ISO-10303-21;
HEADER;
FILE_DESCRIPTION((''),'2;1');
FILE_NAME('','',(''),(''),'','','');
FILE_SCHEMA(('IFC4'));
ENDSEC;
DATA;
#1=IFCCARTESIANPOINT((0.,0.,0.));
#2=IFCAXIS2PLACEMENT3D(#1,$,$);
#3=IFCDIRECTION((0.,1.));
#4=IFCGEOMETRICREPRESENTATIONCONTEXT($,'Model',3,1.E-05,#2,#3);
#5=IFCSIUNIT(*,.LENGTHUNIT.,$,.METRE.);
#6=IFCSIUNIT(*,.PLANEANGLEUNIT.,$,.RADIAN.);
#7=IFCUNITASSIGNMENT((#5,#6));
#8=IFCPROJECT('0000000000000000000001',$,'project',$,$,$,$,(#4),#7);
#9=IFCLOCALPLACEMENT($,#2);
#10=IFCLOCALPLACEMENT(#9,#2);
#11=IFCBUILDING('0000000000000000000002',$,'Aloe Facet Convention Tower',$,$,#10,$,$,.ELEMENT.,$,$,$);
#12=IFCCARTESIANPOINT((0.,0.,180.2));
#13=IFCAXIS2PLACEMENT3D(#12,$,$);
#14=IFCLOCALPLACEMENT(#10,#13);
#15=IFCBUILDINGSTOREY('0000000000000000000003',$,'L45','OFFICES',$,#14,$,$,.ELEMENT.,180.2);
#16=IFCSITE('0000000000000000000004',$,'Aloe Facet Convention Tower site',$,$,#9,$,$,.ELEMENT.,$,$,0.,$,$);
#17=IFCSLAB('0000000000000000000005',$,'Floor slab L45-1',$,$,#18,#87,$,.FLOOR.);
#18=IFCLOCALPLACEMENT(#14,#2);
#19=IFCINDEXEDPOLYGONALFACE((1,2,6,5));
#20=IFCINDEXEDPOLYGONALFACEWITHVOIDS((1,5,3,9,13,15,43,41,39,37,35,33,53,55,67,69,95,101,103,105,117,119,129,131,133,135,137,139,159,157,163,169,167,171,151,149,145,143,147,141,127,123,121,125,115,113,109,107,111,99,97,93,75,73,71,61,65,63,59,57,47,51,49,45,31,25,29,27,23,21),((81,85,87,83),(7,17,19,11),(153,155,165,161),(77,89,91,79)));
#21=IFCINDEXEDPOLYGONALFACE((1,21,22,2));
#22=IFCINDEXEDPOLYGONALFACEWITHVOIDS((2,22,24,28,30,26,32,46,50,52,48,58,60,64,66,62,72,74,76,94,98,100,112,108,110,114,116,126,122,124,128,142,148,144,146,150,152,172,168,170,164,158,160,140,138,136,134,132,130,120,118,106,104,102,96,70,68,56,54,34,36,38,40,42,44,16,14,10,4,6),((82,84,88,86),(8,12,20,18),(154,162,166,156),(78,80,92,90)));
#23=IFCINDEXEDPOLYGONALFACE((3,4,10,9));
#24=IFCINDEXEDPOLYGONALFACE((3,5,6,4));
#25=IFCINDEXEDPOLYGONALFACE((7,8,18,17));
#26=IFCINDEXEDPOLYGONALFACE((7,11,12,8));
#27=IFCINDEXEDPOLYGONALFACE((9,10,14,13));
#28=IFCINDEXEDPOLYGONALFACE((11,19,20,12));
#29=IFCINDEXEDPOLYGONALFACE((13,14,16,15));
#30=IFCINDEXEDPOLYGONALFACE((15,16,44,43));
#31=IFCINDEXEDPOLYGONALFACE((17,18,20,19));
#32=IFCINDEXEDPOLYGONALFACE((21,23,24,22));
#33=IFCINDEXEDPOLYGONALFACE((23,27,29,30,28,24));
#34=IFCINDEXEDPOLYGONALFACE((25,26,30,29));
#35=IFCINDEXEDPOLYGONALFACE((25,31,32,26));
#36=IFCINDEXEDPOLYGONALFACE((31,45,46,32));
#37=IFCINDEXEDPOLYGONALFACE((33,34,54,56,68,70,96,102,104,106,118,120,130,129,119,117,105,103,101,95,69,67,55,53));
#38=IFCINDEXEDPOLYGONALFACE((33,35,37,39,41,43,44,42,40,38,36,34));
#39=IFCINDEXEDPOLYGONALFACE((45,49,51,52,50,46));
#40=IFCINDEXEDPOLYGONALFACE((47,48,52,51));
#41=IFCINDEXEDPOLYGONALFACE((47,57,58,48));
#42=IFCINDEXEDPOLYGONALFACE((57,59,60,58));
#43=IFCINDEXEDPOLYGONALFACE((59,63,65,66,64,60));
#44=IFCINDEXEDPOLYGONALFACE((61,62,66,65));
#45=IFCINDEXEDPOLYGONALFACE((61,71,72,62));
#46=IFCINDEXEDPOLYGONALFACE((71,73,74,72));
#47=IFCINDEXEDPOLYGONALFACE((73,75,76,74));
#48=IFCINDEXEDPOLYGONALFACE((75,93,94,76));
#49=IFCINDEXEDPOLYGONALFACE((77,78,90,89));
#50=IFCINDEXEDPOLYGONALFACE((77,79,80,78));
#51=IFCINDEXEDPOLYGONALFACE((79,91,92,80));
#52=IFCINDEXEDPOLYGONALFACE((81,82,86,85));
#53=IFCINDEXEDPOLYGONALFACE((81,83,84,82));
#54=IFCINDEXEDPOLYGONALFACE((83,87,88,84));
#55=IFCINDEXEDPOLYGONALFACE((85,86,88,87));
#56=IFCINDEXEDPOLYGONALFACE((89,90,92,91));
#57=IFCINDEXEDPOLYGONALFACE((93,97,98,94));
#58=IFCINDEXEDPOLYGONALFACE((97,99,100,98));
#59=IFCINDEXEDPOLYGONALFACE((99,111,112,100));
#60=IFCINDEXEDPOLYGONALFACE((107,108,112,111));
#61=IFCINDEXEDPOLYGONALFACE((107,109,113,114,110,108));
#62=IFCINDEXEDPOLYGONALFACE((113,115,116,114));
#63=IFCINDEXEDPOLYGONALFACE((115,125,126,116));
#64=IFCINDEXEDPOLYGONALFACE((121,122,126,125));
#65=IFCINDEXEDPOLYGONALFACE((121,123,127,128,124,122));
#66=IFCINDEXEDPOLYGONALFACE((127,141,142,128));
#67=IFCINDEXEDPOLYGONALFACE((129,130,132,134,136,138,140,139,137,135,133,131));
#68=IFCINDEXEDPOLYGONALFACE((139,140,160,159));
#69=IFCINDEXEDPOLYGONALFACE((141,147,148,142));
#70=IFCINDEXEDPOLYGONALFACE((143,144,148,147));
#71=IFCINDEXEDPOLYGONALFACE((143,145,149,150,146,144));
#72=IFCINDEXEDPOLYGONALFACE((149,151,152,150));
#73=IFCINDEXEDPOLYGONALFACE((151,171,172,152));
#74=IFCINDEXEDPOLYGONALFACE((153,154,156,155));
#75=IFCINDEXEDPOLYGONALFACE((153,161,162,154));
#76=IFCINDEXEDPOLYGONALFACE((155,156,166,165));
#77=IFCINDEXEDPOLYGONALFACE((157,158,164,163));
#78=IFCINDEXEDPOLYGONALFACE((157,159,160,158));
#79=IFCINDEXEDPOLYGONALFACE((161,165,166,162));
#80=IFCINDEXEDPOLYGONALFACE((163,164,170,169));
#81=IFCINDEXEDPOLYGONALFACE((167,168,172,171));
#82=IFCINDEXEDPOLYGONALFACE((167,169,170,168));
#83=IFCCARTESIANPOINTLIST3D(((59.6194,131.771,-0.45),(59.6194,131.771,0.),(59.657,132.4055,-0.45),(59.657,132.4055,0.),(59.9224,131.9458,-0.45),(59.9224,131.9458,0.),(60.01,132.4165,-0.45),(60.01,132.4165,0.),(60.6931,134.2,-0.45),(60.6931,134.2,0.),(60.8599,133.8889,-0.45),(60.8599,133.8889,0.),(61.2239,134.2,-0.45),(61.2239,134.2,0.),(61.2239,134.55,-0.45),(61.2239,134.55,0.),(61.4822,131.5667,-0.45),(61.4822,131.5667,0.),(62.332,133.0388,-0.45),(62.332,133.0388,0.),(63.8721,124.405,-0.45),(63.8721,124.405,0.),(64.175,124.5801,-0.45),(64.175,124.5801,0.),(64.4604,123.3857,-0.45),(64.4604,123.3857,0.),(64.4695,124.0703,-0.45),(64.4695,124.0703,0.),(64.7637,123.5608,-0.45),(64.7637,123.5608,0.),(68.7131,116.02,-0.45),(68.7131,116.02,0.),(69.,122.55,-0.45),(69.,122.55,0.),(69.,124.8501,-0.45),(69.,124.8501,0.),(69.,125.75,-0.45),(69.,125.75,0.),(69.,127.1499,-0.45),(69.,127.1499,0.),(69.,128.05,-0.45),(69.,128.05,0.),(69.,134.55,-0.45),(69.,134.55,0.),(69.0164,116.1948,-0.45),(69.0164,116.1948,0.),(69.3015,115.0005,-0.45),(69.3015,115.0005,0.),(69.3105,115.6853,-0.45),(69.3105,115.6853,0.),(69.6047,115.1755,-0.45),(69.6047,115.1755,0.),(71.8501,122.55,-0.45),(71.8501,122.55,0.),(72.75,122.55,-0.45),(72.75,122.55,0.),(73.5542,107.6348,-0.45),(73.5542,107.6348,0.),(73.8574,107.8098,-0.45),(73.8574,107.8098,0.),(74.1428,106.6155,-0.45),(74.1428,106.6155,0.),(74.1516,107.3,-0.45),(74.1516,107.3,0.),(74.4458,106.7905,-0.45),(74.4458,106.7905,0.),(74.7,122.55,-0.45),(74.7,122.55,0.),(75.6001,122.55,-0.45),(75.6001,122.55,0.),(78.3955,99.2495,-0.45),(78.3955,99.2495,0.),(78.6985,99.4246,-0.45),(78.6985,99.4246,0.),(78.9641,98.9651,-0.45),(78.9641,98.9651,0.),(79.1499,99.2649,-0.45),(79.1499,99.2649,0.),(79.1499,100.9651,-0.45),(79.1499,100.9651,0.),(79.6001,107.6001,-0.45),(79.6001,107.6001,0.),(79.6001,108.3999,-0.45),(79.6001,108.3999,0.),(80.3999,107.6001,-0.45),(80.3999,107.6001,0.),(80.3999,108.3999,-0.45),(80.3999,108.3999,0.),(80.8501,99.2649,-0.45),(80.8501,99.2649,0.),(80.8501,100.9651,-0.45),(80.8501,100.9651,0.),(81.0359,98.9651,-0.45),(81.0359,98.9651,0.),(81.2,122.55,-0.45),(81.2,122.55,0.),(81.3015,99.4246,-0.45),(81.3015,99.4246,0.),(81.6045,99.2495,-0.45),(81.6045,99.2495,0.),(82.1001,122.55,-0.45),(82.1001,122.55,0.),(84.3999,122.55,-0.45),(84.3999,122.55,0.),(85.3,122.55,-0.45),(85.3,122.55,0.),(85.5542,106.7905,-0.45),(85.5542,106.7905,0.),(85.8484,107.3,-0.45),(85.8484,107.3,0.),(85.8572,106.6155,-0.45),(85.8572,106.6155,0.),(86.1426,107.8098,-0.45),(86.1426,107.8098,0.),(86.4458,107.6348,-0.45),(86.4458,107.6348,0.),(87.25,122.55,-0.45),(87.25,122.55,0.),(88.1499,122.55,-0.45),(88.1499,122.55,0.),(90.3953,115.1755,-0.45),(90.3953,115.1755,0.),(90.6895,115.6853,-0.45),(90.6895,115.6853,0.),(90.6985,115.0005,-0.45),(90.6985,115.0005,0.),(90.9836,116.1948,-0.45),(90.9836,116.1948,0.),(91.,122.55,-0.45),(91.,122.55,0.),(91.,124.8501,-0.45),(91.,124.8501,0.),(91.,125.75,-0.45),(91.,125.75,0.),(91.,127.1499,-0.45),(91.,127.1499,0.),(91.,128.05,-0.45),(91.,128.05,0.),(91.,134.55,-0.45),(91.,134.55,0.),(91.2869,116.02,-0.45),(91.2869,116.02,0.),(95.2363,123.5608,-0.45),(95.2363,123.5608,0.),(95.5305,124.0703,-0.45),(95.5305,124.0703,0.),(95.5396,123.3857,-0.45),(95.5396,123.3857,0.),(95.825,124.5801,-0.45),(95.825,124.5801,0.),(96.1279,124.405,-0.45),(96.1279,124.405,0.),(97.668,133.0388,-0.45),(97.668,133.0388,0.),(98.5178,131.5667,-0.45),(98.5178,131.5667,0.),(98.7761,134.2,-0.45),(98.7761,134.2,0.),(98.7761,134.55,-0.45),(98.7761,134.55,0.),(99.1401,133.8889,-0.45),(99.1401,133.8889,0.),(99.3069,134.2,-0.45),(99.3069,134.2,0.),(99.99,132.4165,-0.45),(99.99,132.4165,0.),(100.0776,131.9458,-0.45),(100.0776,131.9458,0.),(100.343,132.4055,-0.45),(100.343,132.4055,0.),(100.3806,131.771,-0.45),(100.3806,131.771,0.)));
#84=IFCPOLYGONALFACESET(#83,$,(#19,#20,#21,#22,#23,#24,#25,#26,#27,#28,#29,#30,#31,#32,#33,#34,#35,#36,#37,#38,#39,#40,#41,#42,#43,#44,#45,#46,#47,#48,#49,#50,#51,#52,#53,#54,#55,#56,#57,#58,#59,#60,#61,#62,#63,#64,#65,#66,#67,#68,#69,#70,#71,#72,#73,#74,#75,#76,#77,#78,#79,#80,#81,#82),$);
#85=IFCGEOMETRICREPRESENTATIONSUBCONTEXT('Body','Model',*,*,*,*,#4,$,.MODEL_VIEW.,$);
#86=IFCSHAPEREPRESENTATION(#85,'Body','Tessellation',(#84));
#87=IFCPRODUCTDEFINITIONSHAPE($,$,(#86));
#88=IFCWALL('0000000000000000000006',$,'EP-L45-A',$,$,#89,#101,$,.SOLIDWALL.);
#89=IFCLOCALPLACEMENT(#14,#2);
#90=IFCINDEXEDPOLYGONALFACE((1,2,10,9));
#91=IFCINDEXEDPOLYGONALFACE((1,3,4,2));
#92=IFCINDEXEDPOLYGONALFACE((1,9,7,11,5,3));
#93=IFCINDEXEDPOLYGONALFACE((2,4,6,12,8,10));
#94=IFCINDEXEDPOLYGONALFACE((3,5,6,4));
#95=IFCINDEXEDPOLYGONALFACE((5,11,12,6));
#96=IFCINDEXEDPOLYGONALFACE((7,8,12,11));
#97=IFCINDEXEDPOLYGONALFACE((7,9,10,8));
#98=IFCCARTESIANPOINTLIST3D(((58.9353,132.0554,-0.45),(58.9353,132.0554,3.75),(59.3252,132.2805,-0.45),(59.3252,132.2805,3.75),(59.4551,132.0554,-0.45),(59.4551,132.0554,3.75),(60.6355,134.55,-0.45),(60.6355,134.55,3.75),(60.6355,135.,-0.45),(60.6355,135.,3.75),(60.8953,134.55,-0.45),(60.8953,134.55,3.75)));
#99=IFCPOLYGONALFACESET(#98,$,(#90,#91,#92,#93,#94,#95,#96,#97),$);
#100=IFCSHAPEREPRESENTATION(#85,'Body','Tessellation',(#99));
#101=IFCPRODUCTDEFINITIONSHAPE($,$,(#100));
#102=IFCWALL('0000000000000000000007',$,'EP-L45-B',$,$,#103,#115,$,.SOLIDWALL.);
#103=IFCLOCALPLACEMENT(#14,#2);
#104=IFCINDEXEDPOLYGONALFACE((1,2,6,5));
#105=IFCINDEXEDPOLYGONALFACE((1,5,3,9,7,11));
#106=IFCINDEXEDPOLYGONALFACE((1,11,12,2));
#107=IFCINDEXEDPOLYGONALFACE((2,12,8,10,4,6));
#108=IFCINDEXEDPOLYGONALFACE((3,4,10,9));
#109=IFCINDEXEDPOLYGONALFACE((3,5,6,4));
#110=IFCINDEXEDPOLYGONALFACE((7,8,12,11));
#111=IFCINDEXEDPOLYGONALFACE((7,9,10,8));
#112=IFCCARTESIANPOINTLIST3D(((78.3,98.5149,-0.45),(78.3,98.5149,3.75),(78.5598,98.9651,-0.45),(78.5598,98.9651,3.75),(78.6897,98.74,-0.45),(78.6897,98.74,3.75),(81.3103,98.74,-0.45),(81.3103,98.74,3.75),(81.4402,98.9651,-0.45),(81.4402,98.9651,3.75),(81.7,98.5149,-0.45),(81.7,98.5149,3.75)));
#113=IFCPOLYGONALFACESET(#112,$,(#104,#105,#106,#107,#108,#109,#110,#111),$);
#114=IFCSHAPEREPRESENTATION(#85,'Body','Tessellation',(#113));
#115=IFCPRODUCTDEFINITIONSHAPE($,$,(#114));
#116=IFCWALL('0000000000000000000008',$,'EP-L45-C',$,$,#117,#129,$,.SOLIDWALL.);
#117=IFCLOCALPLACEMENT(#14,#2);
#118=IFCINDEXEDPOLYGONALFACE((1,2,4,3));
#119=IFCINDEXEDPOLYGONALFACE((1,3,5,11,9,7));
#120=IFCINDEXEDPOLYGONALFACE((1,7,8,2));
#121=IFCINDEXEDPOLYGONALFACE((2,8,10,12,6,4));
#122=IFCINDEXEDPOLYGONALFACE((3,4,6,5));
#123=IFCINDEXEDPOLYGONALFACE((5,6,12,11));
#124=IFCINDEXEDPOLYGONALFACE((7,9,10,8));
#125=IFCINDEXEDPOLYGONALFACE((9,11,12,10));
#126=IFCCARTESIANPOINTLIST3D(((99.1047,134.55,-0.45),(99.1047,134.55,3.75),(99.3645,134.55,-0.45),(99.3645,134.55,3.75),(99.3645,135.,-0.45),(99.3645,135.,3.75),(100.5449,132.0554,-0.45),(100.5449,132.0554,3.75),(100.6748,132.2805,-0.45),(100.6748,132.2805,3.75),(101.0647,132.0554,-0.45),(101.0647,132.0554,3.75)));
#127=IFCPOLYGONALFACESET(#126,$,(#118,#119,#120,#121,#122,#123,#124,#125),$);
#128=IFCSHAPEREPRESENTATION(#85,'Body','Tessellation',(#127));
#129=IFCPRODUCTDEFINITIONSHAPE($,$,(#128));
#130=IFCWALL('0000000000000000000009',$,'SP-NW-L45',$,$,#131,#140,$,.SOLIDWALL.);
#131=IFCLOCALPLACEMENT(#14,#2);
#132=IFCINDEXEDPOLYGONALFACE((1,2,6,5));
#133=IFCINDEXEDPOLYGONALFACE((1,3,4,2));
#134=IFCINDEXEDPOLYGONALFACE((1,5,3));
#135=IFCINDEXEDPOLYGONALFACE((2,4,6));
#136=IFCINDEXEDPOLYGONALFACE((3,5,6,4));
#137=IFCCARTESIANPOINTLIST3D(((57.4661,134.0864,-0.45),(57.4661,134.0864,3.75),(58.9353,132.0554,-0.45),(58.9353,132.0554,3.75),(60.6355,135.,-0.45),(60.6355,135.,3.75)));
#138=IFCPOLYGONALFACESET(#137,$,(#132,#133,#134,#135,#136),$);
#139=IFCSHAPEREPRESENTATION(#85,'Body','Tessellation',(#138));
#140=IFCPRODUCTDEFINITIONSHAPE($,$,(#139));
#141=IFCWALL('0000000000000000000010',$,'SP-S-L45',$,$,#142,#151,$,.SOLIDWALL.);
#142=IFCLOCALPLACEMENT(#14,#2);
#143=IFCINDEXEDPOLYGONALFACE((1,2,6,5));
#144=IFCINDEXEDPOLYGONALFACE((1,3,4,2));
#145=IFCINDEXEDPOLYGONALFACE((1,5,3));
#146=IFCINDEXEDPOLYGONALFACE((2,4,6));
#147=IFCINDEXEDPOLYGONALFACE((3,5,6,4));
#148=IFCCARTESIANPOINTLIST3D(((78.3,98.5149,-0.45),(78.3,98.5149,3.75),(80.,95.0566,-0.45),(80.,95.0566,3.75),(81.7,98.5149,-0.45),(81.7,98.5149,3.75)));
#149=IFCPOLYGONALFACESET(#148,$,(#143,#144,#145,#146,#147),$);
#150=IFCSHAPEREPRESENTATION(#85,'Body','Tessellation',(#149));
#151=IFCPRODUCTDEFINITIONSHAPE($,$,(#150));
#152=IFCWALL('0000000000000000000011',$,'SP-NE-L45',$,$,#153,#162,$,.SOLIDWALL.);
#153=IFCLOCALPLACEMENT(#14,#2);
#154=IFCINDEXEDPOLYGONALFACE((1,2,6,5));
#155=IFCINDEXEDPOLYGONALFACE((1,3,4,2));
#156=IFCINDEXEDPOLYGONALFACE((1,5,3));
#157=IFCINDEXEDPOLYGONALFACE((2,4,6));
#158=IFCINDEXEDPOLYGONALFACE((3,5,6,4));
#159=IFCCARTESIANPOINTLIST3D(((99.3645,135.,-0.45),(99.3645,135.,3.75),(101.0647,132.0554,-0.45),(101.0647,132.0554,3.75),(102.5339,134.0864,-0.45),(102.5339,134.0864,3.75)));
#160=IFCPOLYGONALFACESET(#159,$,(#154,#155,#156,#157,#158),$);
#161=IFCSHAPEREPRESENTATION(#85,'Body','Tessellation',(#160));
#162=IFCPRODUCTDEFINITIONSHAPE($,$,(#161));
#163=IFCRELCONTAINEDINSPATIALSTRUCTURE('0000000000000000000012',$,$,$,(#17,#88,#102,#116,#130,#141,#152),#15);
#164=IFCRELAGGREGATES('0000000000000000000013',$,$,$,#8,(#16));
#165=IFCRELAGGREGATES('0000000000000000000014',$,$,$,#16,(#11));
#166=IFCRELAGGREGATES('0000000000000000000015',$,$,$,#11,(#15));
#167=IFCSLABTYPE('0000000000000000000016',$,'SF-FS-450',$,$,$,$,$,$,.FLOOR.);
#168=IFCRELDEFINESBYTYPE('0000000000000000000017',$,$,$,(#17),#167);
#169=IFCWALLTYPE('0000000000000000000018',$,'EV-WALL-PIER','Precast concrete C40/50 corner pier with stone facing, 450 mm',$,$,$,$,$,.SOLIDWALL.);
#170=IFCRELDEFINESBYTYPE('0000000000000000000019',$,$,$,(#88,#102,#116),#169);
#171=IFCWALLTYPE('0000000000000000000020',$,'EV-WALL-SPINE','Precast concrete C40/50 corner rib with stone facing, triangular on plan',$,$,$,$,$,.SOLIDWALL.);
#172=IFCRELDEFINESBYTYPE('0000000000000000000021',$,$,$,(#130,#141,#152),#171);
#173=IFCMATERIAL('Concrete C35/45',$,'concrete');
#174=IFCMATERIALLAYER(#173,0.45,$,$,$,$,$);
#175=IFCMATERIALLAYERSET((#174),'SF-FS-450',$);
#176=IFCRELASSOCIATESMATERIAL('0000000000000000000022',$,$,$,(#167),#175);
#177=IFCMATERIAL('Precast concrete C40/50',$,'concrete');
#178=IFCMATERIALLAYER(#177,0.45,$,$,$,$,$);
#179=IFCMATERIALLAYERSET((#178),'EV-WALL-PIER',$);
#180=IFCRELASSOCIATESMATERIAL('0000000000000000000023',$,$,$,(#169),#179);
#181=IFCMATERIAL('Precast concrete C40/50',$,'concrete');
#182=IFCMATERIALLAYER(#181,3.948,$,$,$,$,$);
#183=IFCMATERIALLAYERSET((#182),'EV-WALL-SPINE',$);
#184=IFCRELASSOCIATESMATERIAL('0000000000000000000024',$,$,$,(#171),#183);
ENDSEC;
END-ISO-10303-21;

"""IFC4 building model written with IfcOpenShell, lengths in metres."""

from ifc_helpers import new_model, si_unit, direction, frame, origin, place, context, subcontext, project, spatial, polyline, outline, extrude, material, layer, layer_set, type_object, element, save


model = new_model("IFC4")

# Units and contexts
model_context = context("Model", 3, precision=1e-05, world=origin(), true_north=direction((0.0, 1.0)))
body_context = subcontext(model_context, "Body", "Model", "MODEL_VIEW")
ifc_project = project(units=[si_unit("LENGTHUNIT", "METRE"), si_unit("PLANEANGLEUNIT", "RADIAN")], contexts=[model_context])

# Site, building, storey
site_placement = place(None, origin())
site = spatial("IfcSite", under=ifc_project, at=site_placement, Name="Aloe Facet Convention Tower site", CompositionType="ELEMENT", RefElevation=0.0)
building_placement = place(site_placement, origin())
building = spatial("IfcBuilding", under=site, at=building_placement, Name="Aloe Facet Convention Tower", CompositionType="ELEMENT")
storey_placement = place(building_placement, frame((0.0, 0.0, 180.2)))
storey = spatial("IfcBuildingStorey", under=building, at=storey_placement, Name="L45", Description="OFFICES", CompositionType="ELEMENT", Elevation=180.2)

# Slab
ifc_material_1 = material(Name="Concrete C35/45", Category="concrete")
ifc_layer_1 = layer(ifc_material_1, 0.45)
ifc_layer_set_1 = layer_set([ifc_layer_1], Name="SF-FS-450")
slab_type_1 = type_object("IfcSlabType", Name="SF-FS-450", PredefinedType="FLOOR", material=ifc_layer_set_1)
slab_1_placement = place(storey_placement, frame((0.0, 0.0, -0.45)))
element("IfcSlab", 1, at=slab_1_placement, inside=storey, type_object=slab_type_1, Name="Floor slab L45-1", PredefinedType="FLOOR", context=body_context, shape_type="SweptSolid", body=[
    extrude(outline(polyline([(100.343, 132.4055), (100.0776, 131.9458), (100.3806, 131.771), (96.1279, 124.405), (95.825, 124.5801), (95.5305, 124.0703), (95.2363, 123.5608), (95.5396, 123.3857), (91.2869, 116.02), (90.9836, 116.1948), (90.6895, 115.6853), (90.3953, 115.1755), (90.6985, 115.0005), (86.4458, 107.6348), (86.1426, 107.8098), (85.8484, 107.3), (85.5542, 106.7905), (85.8572, 106.6155), (81.6045, 99.2495), (81.3015, 99.4246), (81.0359, 98.9651), (78.9641, 98.9651), (78.6985, 99.4246), (78.3955, 99.2495), (74.1428, 106.6155), (74.4458, 106.7905), (74.1516, 107.3), (73.8574, 107.8098), (73.5542, 107.6348), (69.3015, 115.0005), (69.6047, 115.1755), (69.3105, 115.6853), (69.0164, 116.1948), (68.7131, 116.02), (64.4604, 123.3857), (64.7637, 123.5608), (64.4695, 124.0703), (64.175, 124.5801), (63.8721, 124.405), (59.6194, 131.771), (59.9224, 131.9458), (59.657, 132.4055), (60.6931, 134.2), (61.2239, 134.2), (61.2239, 134.55), (69.0, 134.55), (69.0, 128.05), (69.0, 127.1499), (69.0, 125.75), (69.0, 124.8501), (69.0, 122.55), (71.8501, 122.55), (72.75, 122.55), (74.7, 122.55), (75.6001, 122.55), (81.2, 122.55), (82.1001, 122.55), (84.3999, 122.55), (85.3, 122.55), (87.25, 122.55), (88.1499, 122.55), (91.0, 122.55), (91.0, 124.8501), (91.0, 125.75), (91.0, 127.1499), (91.0, 128.05), (91.0, 134.55), (98.7761, 134.55), (98.7761, 134.2), (99.3069, 134.2), (100.343, 132.4055)]), holes=[polyline([(79.1499, 99.2649), (80.8501, 99.2649), (80.8501, 100.9651), (79.1499, 100.9651), (79.1499, 99.2649)]), polyline([(60.8599, 133.8889), (60.01, 132.4165), (61.4822, 131.5667), (62.332, 133.0388), (60.8599, 133.8889)]), polyline([(80.3999, 107.6001), (80.3999, 108.3999), (79.6001, 108.3999), (79.6001, 107.6001), (80.3999, 107.6001)]), polyline([(99.99, 132.4165), (99.1401, 133.8889), (97.668, 133.0388), (98.5178, 131.5667), (99.99, 132.4165)])]), origin(), (0.0, 0.0, 1.0), 0.45),
])

# Walls
ifc_material_2 = material(Name="Precast concrete C40/50", Category="concrete")
ifc_layer_2 = layer(ifc_material_2, 0.45)
ifc_layer_set_2 = layer_set([ifc_layer_2], Name="EV-WALL-PIER")
wall_type_1 = type_object("IfcWallType", Name="EV-WALL-PIER", Description="Precast concrete C40/50 corner pier with stone facing, 450 mm", PredefinedType="SOLIDWALL", material=ifc_layer_set_2)
wall_1_placement = place(storey_placement, frame((0.0, 0.0, -0.45)))
element("IfcWall", 2, at=wall_1_placement, inside=storey, type_object=wall_type_1, Name="EP-L45-A", PredefinedType="SOLIDWALL", context=body_context, shape_type="SweptSolid", body=[
    extrude(outline(polyline([(60.6355, 135.0), (60.6355, 134.55), (60.8953, 134.55), (59.4551, 132.0554), (59.3252, 132.2805), (58.9353, 132.0554), (60.6355, 135.0)])), origin(), (0.0, 0.0, 1.0), 4.2),
])
wall_2_placement = place(storey_placement, frame((0.0, 0.0, -0.45)))
element("IfcWall", 3, at=wall_2_placement, inside=storey, type_object=wall_type_1, Name="EP-L45-B", PredefinedType="SOLIDWALL", context=body_context, shape_type="SweptSolid", body=[
    extrude(outline(polyline([(78.3, 98.5149), (78.6897, 98.74), (78.5598, 98.9651), (81.4402, 98.9651), (81.3103, 98.74), (81.7, 98.5149), (78.3, 98.5149)])), origin(), (0.0, 0.0, 1.0), 4.2),
])
wall_3_placement = place(storey_placement, frame((0.0, 0.0, -0.45)))
element("IfcWall", 4, at=wall_3_placement, inside=storey, type_object=wall_type_1, Name="EP-L45-C", PredefinedType="SOLIDWALL", context=body_context, shape_type="SweptSolid", body=[
    extrude(outline(polyline([(101.0647, 132.0554), (100.6748, 132.2805), (100.5449, 132.0554), (99.1047, 134.55), (99.3645, 134.55), (99.3645, 135.0), (101.0647, 132.0554)])), origin(), (0.0, 0.0, 1.0), 4.2),
])
ifc_material_3 = material(Name="Precast concrete C40/50", Category="concrete")
ifc_layer_3 = layer(ifc_material_3, 3.948)
ifc_layer_set_3 = layer_set([ifc_layer_3], Name="EV-WALL-SPINE")
wall_type_2 = type_object("IfcWallType", Name="EV-WALL-SPINE", Description="Precast concrete C40/50 corner rib with stone facing, triangular on plan", PredefinedType="SOLIDWALL", material=ifc_layer_set_3)
wall_4_placement = place(storey_placement, frame((0.0, 0.0, -0.45)))
element("IfcWall", 5, at=wall_4_placement, inside=storey, type_object=wall_type_2, Name="SP-NW-L45", PredefinedType="SOLIDWALL", context=body_context, shape_type="SweptSolid", body=[
    extrude(outline(polyline([(60.6355, 135.0), (57.4661, 134.0864), (58.9353, 132.0554), (60.6355, 135.0)])), origin(), (0.0, 0.0, 1.0), 4.2),
])
wall_5_placement = place(storey_placement, frame((0.0, 0.0, -0.45)))
element("IfcWall", 6, at=wall_5_placement, inside=storey, type_object=wall_type_2, Name="SP-S-L45", PredefinedType="SOLIDWALL", context=body_context, shape_type="SweptSolid", body=[
    extrude(outline(polyline([(78.3, 98.5149), (80.0, 95.0566), (81.7, 98.5149), (78.3, 98.5149)])), origin(), (0.0, 0.0, 1.0), 4.2),
])
wall_6_placement = place(storey_placement, frame((0.0, 0.0, -0.45)))
element("IfcWall", 7, at=wall_6_placement, inside=storey, type_object=wall_type_2, Name="SP-NE-L45", PredefinedType="SOLIDWALL", context=body_context, shape_type="SweptSolid", body=[
    extrude(outline(polyline([(101.0647, 132.0554), (102.5339, 134.0864), (99.3645, 135.0), (101.0647, 132.0554)])), origin(), (0.0, 0.0, 1.0), 4.2),
])

save(model, "model.ifc")
